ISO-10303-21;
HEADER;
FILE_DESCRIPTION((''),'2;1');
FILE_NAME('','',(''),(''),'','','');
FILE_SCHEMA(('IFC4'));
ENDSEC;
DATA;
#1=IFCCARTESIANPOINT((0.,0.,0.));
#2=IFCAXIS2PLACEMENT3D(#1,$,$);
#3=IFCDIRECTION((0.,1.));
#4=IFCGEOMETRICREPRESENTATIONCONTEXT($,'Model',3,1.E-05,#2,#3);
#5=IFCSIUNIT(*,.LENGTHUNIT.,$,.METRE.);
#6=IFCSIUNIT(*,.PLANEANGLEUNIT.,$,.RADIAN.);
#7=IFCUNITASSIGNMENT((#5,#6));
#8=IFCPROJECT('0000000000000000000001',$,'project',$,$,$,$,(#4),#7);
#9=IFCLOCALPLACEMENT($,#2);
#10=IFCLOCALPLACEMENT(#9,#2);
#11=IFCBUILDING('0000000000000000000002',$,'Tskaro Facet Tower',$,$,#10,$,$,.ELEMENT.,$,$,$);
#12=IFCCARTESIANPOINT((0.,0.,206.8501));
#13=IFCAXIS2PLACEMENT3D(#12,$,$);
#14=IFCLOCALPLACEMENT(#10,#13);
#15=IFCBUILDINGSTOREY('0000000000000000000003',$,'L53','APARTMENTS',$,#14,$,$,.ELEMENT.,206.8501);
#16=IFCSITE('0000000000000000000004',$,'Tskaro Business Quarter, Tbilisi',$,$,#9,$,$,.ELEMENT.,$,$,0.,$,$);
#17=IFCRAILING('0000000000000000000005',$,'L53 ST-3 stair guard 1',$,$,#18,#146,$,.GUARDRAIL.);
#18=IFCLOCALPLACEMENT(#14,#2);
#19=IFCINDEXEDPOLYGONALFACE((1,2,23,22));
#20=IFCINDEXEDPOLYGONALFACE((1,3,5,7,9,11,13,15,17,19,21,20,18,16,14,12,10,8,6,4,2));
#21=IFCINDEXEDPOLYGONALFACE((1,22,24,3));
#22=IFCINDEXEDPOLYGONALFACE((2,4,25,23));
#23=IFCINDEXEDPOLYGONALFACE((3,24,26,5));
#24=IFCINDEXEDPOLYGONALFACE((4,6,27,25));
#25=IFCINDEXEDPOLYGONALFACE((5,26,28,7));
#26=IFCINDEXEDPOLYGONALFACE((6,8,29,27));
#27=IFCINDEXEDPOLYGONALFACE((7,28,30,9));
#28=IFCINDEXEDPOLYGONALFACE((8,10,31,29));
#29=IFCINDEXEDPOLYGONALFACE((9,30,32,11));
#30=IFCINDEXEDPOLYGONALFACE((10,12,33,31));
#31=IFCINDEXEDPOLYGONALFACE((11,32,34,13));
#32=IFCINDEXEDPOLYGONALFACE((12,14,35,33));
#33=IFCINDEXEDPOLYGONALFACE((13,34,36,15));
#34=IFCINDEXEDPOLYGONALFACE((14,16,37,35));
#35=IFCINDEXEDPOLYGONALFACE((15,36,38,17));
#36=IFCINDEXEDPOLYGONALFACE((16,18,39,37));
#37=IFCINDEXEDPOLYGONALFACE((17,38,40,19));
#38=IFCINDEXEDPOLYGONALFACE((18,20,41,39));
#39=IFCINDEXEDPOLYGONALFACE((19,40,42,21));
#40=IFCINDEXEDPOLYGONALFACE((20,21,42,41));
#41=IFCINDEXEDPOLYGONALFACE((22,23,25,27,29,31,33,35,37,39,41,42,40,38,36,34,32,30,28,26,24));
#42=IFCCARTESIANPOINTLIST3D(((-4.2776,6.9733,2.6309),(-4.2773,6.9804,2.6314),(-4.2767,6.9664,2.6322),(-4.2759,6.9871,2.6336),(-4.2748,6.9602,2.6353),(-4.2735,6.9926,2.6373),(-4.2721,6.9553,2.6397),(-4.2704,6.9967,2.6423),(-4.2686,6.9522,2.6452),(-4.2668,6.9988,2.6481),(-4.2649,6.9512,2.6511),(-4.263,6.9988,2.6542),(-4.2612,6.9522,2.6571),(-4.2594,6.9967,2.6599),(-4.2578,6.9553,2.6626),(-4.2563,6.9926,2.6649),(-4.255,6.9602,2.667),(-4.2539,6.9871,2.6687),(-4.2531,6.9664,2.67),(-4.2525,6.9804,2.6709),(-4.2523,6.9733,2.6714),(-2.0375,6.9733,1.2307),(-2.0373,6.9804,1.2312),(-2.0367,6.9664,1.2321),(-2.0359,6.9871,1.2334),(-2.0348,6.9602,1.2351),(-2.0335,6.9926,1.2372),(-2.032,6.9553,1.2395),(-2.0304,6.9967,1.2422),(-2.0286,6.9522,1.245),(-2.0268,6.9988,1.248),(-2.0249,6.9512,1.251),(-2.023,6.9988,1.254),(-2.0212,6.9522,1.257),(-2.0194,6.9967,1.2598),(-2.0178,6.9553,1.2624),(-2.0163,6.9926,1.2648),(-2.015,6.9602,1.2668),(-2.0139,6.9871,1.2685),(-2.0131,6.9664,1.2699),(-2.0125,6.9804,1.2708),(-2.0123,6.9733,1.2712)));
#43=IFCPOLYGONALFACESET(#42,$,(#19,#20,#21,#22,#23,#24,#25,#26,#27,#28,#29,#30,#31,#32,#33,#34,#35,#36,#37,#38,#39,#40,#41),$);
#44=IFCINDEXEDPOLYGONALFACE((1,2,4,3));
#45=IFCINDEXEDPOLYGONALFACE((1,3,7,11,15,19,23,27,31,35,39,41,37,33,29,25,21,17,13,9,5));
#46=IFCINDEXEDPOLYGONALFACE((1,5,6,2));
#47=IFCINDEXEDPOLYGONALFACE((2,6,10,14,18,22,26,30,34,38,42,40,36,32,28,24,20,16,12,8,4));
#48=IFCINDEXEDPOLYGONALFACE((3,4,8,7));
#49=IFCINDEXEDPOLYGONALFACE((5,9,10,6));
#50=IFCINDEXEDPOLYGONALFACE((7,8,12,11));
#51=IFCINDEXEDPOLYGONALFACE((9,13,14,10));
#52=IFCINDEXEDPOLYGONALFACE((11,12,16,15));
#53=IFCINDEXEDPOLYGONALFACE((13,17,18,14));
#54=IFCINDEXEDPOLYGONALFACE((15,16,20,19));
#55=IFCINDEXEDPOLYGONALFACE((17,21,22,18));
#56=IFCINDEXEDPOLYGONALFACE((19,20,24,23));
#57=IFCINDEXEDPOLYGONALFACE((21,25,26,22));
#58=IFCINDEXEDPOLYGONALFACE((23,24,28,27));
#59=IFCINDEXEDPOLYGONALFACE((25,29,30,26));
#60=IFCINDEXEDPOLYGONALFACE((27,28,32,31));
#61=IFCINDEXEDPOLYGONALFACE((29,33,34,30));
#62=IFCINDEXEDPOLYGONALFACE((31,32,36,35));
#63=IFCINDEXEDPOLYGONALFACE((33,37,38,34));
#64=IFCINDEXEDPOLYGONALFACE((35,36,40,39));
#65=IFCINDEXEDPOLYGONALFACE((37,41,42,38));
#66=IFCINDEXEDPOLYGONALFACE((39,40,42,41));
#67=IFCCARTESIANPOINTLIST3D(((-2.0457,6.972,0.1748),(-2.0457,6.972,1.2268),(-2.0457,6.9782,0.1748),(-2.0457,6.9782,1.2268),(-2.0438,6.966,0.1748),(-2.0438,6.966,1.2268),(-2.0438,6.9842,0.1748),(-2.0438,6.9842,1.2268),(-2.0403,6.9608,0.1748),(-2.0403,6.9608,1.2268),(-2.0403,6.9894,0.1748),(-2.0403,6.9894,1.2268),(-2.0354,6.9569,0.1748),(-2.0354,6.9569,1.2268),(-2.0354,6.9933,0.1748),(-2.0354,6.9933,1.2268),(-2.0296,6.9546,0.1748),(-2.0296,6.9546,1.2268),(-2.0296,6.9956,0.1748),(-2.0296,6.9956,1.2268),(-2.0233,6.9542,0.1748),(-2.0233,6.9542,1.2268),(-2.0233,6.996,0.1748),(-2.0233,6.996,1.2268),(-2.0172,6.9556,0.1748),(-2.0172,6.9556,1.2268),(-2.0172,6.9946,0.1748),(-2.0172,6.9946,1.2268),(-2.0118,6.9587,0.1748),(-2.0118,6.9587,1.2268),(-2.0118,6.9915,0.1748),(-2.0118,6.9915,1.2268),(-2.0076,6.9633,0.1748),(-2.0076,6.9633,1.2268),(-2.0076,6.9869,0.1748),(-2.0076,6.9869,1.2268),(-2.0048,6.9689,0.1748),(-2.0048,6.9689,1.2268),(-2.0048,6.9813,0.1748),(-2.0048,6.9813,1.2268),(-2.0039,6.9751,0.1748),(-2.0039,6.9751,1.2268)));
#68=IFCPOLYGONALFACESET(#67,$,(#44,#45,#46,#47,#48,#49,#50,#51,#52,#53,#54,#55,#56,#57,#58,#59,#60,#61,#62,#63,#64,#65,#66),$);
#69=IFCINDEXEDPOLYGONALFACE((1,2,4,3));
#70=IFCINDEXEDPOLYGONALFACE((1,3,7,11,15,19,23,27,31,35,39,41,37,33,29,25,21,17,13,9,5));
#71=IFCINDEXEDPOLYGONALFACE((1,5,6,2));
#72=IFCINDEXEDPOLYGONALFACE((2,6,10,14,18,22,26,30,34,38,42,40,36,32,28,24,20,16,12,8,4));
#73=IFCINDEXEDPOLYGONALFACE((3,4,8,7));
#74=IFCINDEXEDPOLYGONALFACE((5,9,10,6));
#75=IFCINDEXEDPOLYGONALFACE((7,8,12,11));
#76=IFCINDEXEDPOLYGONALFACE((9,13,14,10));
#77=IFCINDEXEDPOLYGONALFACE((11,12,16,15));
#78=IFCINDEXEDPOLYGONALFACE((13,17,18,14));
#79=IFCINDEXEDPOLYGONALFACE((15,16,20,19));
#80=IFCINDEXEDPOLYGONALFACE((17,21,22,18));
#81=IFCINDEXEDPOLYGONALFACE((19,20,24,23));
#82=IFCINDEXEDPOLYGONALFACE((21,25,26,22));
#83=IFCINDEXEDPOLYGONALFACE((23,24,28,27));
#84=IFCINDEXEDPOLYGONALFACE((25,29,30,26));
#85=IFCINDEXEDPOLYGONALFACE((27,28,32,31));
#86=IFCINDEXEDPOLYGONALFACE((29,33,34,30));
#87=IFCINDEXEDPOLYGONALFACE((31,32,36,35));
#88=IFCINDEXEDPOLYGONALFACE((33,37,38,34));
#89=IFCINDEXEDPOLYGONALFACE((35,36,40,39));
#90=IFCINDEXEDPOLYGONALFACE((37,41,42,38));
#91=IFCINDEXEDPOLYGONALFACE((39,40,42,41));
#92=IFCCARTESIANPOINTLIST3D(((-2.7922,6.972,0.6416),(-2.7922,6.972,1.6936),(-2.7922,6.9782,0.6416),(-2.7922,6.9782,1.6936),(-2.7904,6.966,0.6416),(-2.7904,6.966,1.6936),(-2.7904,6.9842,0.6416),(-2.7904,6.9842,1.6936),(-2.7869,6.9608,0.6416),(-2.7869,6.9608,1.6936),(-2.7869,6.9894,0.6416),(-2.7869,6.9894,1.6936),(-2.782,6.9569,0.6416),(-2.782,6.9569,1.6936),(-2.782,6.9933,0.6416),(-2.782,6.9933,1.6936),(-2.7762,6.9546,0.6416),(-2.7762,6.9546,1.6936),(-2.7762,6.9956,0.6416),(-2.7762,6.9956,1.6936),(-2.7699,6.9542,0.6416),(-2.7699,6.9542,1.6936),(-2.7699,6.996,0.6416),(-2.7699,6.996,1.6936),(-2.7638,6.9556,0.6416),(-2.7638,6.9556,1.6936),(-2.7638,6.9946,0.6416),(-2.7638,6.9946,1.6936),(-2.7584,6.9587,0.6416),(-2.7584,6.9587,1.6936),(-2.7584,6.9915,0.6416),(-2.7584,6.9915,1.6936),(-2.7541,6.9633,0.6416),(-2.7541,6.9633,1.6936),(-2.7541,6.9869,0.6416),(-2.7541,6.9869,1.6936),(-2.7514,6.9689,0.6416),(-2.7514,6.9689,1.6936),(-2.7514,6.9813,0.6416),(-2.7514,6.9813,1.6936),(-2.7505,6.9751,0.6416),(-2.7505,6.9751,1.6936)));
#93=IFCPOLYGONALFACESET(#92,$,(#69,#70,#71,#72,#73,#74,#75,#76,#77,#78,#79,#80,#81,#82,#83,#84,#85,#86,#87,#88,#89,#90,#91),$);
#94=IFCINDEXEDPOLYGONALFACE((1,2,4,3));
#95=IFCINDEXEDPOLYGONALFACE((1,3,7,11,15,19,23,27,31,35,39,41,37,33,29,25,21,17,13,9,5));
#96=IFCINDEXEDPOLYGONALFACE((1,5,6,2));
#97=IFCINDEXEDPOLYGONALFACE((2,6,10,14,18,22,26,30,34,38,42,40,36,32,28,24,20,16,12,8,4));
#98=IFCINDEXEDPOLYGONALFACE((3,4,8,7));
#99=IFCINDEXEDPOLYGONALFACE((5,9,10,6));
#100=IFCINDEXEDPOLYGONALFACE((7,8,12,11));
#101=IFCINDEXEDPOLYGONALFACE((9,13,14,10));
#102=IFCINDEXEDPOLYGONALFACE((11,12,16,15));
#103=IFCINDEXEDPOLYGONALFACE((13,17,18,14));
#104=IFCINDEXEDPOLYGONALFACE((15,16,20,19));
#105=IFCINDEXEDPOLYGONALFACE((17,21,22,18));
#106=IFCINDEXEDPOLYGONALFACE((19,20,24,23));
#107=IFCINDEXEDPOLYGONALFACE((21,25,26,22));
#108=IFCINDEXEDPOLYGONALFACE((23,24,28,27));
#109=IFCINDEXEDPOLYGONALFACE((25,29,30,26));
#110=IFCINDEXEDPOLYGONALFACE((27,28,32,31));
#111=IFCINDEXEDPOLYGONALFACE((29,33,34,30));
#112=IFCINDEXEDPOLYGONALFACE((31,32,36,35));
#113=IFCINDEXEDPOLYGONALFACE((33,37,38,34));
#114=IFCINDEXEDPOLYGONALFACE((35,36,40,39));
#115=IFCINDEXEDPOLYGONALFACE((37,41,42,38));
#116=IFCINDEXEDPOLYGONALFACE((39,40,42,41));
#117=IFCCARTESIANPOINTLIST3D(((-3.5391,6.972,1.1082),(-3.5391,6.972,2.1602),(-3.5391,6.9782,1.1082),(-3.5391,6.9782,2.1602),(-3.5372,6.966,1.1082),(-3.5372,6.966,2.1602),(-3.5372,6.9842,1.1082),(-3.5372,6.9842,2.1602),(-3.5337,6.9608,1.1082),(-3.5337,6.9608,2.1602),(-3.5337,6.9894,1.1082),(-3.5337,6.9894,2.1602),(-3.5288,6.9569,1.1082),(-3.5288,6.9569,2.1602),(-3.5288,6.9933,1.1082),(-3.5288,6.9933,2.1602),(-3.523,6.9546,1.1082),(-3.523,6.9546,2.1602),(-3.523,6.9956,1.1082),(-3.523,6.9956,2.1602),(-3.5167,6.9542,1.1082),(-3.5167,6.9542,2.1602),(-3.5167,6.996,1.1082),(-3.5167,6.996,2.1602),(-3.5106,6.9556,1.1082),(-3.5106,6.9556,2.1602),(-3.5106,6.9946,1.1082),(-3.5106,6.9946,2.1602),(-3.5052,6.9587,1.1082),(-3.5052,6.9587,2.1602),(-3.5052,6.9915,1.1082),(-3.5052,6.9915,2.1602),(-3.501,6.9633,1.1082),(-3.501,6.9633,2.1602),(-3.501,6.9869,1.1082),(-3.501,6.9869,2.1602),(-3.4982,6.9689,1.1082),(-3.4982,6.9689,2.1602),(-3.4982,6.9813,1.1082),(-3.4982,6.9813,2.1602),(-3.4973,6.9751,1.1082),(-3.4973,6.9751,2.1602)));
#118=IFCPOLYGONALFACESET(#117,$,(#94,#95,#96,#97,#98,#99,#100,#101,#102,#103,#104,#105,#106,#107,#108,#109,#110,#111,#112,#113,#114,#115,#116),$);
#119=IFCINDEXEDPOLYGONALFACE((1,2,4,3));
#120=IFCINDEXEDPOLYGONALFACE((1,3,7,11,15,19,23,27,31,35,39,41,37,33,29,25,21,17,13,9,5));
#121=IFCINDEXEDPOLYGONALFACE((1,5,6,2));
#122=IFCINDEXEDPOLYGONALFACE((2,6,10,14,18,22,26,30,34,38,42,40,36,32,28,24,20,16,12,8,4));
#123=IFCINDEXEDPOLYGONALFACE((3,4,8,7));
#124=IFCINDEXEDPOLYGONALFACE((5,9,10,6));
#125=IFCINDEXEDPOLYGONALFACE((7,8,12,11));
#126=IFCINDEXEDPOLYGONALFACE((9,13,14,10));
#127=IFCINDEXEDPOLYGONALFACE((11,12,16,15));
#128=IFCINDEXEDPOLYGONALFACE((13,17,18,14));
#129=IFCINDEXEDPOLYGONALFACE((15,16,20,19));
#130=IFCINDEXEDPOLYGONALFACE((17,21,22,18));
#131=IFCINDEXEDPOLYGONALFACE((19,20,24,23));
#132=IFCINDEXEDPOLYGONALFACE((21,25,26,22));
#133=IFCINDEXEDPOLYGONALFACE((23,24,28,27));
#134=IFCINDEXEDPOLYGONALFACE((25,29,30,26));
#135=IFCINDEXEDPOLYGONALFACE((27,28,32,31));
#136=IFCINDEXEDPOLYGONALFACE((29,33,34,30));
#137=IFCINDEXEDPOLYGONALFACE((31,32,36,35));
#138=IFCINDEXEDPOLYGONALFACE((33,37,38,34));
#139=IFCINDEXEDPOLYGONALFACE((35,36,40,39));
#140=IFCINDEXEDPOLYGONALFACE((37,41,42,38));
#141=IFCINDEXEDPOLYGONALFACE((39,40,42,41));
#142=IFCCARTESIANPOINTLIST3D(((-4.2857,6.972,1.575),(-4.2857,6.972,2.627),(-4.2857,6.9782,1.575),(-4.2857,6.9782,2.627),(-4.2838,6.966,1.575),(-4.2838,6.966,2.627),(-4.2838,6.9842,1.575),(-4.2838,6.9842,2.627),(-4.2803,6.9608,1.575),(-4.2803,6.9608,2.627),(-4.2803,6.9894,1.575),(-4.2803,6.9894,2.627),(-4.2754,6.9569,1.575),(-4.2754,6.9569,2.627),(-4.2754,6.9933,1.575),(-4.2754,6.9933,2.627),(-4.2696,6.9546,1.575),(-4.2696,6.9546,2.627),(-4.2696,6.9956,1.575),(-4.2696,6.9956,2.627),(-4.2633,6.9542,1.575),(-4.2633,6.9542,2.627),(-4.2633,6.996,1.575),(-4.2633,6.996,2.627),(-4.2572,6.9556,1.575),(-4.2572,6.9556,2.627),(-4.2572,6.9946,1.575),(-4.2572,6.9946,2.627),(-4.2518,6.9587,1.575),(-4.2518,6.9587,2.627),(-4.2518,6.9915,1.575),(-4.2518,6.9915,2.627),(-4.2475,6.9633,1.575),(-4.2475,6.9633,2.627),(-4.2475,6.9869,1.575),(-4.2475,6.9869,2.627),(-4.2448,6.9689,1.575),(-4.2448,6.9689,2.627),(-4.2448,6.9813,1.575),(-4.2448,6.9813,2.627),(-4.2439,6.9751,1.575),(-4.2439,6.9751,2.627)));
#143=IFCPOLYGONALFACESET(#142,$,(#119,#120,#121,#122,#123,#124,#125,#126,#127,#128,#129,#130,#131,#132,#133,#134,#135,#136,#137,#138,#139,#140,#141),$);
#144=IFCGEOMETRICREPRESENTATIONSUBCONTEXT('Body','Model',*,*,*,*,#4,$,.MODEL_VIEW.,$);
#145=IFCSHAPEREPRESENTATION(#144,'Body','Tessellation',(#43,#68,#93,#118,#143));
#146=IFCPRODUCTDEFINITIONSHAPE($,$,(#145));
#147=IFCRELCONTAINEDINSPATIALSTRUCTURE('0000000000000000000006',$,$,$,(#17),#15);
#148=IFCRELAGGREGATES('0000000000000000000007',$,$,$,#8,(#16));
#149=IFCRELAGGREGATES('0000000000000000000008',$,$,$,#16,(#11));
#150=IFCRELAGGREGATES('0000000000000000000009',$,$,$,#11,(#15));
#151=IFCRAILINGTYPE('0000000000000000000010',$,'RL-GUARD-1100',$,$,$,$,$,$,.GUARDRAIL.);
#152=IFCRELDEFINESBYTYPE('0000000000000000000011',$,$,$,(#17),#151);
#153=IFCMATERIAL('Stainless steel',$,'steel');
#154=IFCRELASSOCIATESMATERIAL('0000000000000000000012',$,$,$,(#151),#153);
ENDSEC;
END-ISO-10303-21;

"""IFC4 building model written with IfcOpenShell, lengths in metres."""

from ifc_helpers import new_model, si_unit, direction, frame, origin, origin_2d, place, context, subcontext, project, spatial, circle, extrude, material, type_object, element, save


model = new_model("IFC4")

# Units and contexts
model_context = context("Model", 3, precision=1e-05, world=origin(), true_north=direction((0.0, 1.0)))
body_context = subcontext(model_context, "Body", "Model", "MODEL_VIEW")
ifc_project = project(units=[si_unit("LENGTHUNIT", "METRE"), si_unit("PLANEANGLEUNIT", "RADIAN")], contexts=[model_context])

# Site, building, storey
site_placement = place(None, origin())
site = spatial("IfcSite", under=ifc_project, at=site_placement, Name="Tskaro Business Quarter, Tbilisi", CompositionType="ELEMENT", RefElevation=0.0)
building_placement = place(site_placement, origin())
building = spatial("IfcBuilding", under=site, at=building_placement, Name="Tskaro Facet Tower", CompositionType="ELEMENT")
storey_placement = place(building_placement, frame((0.0, 0.0, 206.8501)))
storey = spatial("IfcBuildingStorey", under=building, at=storey_placement, Name="L53", Description="APARTMENTS", CompositionType="ELEMENT", Elevation=206.8501)

# Railing
ifc_material_1 = material(Name="Stainless steel", Category="steel")
railing_type_1 = type_object("IfcRailingType", Name="RL-GUARD-1100", PredefinedType="GUARDRAIL", material=ifc_material_1)
railing_1_placement = place(storey_placement, frame((-2.0249, 6.9751, 0.1748)))
element("IfcRailing", 1, at=railing_1_placement, inside=storey, type_object=railing_type_1, Name="L53 ST-3 stair guard 1", PredefinedType="GUARDRAIL", context=body_context, shape_type="SweptSolid", body=[
    extrude(circle(Radius=0.0239, at=origin_2d()), frame((0.0, 0.0, 1.0762), z_axis=(-0.847972, 0.0, 0.53004), x_axis=(0.0, -1.0, 0.0)), (0.0, 0.0, 1.0), 2.6416),
    extrude(circle(Radius=0.021, at=origin_2d()), origin(), (0.0, 0.0, 1.0), 1.052),
    extrude(circle(Radius=0.021, at=origin_2d()), frame((-0.7466, 0.0, 0.4668)), (0.0, 0.0, 1.0), 1.052),
    extrude(circle(Radius=0.021, at=origin_2d()), frame((-1.4934, 0.0, 0.9333)), (0.0, 0.0, 1.0), 1.052),
    extrude(circle(Radius=0.021, at=origin_2d()), frame((-2.24, 0.0, 1.4001)), (0.0, 0.0, 1.0), 1.052),
])

save(model, "model.ifc")
